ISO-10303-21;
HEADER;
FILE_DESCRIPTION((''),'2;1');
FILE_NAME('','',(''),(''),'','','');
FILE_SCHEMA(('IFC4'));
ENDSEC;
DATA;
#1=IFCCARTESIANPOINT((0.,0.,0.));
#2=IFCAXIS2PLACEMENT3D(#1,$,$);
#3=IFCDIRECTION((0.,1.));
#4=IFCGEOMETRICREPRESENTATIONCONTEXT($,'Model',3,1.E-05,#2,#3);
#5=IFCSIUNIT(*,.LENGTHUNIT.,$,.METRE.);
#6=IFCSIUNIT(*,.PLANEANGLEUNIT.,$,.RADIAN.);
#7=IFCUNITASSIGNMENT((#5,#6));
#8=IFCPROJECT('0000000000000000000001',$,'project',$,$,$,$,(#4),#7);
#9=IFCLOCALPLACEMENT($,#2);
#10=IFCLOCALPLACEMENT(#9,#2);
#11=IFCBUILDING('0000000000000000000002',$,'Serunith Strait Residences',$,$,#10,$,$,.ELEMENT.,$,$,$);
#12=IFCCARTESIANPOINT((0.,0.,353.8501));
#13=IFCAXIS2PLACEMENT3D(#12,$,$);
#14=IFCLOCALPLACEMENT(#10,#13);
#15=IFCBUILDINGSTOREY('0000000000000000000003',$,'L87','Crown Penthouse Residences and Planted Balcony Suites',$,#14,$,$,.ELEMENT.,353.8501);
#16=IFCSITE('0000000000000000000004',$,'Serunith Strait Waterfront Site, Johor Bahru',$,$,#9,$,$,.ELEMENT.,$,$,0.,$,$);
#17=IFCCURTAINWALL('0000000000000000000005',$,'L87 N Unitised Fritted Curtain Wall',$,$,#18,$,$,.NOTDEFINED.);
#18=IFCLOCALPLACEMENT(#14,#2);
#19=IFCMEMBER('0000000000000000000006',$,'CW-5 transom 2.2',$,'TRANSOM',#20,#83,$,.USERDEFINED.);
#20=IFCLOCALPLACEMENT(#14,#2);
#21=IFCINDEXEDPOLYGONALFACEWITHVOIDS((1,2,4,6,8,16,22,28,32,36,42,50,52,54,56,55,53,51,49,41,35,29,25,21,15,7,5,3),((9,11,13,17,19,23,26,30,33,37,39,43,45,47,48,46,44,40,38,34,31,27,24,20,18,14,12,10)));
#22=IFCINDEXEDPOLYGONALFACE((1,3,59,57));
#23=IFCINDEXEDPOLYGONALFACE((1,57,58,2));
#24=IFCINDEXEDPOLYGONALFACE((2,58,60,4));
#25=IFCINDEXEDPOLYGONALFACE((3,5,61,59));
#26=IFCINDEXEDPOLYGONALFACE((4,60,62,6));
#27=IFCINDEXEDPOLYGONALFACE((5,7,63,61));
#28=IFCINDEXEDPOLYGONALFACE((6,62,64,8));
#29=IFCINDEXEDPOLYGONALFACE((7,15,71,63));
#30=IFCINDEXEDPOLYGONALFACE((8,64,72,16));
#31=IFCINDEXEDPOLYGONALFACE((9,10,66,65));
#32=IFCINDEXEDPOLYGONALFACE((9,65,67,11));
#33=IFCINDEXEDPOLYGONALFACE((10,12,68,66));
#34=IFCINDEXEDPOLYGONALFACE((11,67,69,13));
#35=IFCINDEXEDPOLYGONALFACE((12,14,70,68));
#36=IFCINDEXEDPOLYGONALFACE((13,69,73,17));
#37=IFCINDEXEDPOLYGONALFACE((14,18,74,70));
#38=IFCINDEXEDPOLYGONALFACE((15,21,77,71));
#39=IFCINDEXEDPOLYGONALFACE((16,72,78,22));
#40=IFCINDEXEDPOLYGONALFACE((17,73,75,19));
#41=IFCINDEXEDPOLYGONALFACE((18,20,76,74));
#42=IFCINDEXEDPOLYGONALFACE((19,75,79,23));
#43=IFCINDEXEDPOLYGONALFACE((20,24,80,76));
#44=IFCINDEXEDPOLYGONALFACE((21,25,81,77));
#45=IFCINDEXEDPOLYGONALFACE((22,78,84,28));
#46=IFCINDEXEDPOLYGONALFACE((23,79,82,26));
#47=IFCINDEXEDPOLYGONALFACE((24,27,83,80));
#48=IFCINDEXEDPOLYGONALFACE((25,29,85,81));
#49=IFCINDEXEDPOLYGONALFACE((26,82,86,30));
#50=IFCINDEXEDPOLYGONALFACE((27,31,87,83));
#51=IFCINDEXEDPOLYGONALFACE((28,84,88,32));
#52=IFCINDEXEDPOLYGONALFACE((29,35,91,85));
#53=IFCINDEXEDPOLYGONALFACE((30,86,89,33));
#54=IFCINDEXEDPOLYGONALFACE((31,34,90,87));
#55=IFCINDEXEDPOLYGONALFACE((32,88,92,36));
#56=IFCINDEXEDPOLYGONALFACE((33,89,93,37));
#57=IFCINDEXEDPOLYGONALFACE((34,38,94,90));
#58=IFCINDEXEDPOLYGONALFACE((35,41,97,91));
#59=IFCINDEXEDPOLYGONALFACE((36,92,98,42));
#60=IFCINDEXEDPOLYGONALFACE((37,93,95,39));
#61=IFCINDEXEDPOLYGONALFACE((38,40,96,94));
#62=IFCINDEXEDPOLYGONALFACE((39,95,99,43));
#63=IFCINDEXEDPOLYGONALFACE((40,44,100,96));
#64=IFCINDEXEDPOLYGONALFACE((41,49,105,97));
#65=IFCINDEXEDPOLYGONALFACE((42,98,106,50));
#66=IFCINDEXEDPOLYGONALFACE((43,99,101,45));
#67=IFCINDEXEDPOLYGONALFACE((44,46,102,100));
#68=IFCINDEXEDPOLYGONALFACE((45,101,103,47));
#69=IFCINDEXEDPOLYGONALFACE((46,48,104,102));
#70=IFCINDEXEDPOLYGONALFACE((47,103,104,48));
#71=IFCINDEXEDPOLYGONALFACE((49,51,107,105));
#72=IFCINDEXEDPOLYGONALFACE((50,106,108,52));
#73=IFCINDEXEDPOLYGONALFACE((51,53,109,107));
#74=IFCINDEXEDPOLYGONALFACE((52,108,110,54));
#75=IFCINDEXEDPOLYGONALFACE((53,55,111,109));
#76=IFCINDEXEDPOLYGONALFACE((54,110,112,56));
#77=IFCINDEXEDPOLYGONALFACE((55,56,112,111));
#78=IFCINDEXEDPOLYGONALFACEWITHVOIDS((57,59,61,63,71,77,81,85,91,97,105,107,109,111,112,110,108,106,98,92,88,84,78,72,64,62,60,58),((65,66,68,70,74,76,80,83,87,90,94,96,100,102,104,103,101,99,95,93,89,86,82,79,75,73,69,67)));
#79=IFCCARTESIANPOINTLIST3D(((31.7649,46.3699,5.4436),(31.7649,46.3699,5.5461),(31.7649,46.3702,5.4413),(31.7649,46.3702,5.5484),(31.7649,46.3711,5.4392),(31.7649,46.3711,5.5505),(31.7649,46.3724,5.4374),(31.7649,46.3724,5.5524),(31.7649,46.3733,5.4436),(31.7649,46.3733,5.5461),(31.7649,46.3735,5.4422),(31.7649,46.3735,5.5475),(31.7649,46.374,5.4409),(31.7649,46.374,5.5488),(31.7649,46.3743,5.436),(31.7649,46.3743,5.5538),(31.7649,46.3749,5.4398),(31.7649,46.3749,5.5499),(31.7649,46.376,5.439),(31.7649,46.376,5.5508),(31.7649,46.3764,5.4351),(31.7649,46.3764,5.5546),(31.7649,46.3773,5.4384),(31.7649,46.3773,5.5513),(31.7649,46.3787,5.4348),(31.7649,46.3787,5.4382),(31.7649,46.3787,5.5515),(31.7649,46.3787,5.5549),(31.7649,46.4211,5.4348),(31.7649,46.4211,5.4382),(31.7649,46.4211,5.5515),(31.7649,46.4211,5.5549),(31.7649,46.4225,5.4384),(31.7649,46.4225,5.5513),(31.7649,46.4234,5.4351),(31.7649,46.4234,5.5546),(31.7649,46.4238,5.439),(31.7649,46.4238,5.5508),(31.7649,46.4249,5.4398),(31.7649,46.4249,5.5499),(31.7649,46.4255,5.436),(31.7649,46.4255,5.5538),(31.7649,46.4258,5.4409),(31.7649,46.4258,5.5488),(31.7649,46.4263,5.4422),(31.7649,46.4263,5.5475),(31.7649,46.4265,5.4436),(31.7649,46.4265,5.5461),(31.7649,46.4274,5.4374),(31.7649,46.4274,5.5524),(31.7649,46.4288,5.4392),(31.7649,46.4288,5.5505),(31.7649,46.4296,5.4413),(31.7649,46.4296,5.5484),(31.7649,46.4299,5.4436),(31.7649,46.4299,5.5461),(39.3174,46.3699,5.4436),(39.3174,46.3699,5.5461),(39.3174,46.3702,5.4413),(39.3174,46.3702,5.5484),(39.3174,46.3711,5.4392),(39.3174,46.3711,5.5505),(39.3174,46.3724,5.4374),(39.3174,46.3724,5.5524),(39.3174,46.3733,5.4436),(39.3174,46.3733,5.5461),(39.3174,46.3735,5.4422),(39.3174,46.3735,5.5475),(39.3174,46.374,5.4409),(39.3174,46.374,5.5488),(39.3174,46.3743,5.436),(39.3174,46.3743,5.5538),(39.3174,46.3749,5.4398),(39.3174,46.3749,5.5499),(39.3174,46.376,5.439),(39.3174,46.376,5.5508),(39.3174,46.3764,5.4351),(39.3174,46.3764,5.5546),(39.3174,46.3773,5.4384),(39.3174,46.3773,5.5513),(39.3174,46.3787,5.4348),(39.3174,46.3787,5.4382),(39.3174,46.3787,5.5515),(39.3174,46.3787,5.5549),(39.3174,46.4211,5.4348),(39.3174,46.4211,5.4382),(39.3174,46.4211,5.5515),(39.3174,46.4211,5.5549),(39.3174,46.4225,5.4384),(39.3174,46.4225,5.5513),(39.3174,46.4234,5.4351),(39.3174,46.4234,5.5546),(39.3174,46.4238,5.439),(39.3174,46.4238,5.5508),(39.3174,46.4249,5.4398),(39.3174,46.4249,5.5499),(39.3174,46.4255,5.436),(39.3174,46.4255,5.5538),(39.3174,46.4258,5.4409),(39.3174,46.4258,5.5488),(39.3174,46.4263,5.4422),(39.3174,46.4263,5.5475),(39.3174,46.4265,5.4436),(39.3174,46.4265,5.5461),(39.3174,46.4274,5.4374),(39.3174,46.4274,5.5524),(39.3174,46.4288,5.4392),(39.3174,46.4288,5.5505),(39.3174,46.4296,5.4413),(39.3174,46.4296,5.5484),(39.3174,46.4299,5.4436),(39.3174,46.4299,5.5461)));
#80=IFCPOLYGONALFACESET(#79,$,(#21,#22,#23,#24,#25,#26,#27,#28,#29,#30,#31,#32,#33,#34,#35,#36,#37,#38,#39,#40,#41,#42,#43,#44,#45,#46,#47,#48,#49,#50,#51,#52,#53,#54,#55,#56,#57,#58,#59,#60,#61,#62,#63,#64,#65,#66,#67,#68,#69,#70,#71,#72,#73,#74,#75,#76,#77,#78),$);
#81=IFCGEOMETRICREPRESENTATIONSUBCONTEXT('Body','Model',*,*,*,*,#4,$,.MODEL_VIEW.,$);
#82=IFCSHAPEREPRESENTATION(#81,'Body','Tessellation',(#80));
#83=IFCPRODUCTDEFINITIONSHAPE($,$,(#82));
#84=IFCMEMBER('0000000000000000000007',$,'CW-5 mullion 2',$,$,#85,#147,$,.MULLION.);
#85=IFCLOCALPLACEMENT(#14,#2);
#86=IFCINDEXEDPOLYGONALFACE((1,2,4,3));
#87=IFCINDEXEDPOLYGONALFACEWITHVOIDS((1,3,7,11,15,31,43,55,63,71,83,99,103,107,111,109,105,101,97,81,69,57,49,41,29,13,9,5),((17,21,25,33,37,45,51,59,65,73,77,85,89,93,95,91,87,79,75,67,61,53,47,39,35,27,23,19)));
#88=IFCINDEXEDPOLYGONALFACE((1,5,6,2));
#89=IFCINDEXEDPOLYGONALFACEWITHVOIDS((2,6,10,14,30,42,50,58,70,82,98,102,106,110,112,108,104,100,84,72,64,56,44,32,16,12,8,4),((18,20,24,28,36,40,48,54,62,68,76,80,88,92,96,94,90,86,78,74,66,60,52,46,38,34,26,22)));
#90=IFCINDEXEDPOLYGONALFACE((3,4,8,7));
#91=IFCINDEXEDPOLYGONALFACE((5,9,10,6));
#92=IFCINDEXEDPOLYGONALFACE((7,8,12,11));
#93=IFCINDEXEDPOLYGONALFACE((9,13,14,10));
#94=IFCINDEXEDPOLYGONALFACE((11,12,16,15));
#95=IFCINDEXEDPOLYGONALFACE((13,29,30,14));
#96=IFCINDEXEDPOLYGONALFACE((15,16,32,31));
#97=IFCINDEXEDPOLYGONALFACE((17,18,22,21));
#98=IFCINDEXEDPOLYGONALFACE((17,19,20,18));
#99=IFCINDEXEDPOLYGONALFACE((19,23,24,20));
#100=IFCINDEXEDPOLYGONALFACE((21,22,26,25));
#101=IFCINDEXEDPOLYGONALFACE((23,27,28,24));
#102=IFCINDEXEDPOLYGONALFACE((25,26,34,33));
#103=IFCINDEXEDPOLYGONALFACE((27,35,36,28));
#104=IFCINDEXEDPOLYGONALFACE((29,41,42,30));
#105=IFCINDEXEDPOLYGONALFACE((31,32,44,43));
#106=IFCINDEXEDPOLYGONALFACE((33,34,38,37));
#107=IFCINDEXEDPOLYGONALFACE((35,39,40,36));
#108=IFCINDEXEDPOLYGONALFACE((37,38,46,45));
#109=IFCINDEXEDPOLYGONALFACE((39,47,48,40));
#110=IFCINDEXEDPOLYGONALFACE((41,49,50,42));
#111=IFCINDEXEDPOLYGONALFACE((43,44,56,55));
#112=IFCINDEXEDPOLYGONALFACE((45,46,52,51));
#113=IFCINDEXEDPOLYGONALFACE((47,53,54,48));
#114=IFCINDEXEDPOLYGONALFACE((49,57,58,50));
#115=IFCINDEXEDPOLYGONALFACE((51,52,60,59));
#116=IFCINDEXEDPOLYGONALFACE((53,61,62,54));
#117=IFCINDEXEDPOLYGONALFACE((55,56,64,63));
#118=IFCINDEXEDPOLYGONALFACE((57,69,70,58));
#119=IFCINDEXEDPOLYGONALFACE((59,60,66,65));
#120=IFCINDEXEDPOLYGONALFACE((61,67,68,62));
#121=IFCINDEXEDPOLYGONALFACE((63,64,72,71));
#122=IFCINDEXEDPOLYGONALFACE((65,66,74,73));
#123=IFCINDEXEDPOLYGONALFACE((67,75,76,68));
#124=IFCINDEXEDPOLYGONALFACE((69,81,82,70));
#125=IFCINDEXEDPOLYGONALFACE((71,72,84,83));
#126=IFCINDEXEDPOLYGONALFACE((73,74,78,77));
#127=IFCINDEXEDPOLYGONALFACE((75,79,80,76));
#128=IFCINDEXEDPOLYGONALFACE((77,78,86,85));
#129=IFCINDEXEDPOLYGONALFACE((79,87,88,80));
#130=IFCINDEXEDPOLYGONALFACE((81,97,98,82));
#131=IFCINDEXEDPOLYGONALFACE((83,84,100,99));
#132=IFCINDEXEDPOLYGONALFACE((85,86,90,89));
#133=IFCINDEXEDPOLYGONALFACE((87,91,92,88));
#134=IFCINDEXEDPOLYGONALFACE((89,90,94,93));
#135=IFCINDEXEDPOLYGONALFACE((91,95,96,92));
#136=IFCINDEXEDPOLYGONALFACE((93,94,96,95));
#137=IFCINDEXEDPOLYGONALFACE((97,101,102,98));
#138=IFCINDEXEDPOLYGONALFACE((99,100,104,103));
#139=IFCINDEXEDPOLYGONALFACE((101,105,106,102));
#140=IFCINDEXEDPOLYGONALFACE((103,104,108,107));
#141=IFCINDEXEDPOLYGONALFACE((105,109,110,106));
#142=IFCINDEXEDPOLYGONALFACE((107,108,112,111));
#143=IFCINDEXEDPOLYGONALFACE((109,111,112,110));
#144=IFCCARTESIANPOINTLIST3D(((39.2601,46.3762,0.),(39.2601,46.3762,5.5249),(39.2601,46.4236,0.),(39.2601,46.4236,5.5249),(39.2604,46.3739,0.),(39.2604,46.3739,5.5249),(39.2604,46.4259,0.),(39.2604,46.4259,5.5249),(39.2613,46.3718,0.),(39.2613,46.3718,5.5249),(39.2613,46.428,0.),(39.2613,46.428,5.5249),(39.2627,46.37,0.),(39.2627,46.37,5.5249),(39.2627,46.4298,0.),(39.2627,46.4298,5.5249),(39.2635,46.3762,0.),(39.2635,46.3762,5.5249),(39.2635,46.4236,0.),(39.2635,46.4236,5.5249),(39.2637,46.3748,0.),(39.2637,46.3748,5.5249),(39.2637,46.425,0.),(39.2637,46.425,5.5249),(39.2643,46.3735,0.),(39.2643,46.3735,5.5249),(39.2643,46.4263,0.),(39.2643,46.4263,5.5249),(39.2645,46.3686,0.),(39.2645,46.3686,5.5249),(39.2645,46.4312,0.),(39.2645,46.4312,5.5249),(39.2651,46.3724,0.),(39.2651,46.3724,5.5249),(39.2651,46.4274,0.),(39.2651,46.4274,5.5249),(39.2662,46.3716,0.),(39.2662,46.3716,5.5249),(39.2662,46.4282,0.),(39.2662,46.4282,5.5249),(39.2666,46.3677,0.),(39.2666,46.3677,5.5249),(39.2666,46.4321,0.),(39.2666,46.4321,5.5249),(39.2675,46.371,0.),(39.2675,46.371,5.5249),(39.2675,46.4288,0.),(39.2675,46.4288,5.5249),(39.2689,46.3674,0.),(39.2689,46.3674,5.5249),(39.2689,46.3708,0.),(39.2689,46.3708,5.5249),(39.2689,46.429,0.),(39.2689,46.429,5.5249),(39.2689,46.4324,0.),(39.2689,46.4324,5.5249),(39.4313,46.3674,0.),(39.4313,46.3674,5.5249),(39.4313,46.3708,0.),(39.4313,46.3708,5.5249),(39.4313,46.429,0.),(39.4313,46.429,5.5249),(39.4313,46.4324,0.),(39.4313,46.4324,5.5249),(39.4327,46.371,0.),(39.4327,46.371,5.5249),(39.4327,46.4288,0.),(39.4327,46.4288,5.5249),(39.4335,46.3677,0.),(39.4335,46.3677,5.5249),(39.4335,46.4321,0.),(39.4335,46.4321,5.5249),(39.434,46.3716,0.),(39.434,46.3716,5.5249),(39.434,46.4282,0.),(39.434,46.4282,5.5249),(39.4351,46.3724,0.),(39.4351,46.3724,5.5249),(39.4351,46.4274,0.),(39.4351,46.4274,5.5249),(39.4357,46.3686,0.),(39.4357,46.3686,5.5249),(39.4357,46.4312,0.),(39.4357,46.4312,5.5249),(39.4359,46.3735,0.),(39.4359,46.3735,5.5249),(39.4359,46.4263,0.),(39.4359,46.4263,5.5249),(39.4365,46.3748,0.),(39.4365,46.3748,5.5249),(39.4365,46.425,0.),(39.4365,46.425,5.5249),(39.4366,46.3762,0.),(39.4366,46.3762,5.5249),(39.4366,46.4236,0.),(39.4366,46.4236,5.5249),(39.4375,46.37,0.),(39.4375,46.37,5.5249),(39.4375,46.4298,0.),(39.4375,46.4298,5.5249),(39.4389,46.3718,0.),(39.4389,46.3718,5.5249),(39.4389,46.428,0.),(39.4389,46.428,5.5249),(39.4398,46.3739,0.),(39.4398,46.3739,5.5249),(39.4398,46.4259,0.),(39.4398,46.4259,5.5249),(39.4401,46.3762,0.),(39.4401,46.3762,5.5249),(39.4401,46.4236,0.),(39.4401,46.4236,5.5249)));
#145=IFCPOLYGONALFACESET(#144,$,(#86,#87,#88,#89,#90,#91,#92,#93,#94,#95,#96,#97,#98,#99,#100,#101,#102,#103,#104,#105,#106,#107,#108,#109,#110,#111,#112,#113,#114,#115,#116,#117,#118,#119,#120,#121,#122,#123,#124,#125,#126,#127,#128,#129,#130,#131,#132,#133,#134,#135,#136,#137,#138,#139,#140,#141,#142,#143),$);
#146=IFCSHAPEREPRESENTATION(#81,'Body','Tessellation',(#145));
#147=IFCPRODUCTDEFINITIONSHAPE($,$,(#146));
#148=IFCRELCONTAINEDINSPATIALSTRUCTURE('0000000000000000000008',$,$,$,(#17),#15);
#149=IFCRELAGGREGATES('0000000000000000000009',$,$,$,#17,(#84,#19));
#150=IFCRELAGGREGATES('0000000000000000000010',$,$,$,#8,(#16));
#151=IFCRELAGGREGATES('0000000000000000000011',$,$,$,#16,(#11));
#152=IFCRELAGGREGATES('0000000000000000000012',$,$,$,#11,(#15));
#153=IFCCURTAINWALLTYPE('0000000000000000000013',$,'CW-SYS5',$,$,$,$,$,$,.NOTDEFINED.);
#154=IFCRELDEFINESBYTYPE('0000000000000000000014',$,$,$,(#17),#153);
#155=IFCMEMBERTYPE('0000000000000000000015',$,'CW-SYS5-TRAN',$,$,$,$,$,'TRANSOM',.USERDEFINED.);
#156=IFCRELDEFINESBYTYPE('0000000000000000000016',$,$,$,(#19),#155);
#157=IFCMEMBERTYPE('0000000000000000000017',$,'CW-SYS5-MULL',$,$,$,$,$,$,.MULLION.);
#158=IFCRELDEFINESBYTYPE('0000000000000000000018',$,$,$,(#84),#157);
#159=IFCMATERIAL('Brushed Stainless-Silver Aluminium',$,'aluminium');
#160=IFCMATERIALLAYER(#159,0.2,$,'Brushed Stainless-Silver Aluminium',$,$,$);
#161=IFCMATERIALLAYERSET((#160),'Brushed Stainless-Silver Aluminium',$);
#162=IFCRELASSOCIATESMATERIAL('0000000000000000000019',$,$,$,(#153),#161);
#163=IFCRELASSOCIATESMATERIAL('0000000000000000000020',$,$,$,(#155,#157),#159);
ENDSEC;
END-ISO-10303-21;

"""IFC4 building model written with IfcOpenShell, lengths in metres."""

from ifc_helpers import new_model, si_unit, direction, frame, origin, origin_2d, place, context, subcontext, project, spatial, hollow_rectangle, extrude, source, transform, mapped, material, layer, layer_set, material_profile, profile_set, type_object, element, aggregate, save


model = new_model("IFC4")

# Units and contexts
model_context = context("Model", 3, precision=1e-05, world=origin(), true_north=direction((0.0, 1.0)))
body_context = subcontext(model_context, "Body", "Model", "MODEL_VIEW")
ifc_project = project(units=[si_unit("LENGTHUNIT", "METRE"), si_unit("PLANEANGLEUNIT", "RADIAN")], contexts=[model_context])

# Site, building, storey
site_placement = place(None, origin())
site = spatial("IfcSite", under=ifc_project, at=site_placement, Name="Serunith Strait Waterfront Site, Johor Bahru", CompositionType="ELEMENT", RefElevation=0.0)
building_placement = place(site_placement, origin())
building = spatial("IfcBuilding", under=site, at=building_placement, Name="Serunith Strait Residences", CompositionType="ELEMENT")
storey_placement = place(building_placement, frame((0.0, 0.0, 353.8501)))
storey = spatial("IfcBuildingStorey", under=building, at=storey_placement, Name="L87", Description="Crown Penthouse Residences and Planted Balcony Suites", CompositionType="ELEMENT", Elevation=353.8501)

# Curtain wall, members
ifc_material_1 = material(Name="Brushed Stainless-Silver Aluminium", Category="aluminium")
ifc_layer_1 = layer(ifc_material_1, 0.2, Name="Brushed Stainless-Silver Aluminium")
ifc_layer_set_1 = layer_set([ifc_layer_1], Name="Brushed Stainless-Silver Aluminium")
curtain_wall_type = type_object("IfcCurtainWallType", Name="CW-SYS5", PredefinedType="NOTDEFINED", material=ifc_layer_set_1)
curtain_wall_placement = place(storey_placement, origin())
curtain_wall = element("IfcCurtainWall", 1, at=curtain_wall_placement, inside=storey, type_object=curtain_wall_type, Name="L87 N Unitised Fritted Curtain Wall", PredefinedType="NOTDEFINED")
ifc_material_profile_1 = material_profile(ifc_material_1, hollow_rectangle(XDim=0.0601, YDim=0.1201, WallThickness=0.0034, InnerFilletRadius=0.0054, OuterFilletRadius=0.0088, at=origin_2d()), Name="ALU 120x60x3.5")
ifc_profile_set_1 = profile_set([ifc_material_profile_1], Name="Brushed Stainless-Silver Aluminium")
member_type_1 = type_object("IfcMemberType", Name="CW-SYS5-TRAN", ElementType="TRANSOM", PredefinedType="USERDEFINED", material=ifc_profile_set_1)
shared_shape_1 = source(origin(), body_context, "Body", "SweptSolid", [
    extrude(hollow_rectangle(XDim=0.0601, YDim=0.1201, WallThickness=0.0034, InnerFilletRadius=0.0054, OuterFilletRadius=0.0088, at=origin_2d()), origin(), (0.0, 0.0, 1.0), 7.5525),
])
member_1_placement = place(storey_placement, frame((39.3174, 46.3999, 5.4949), z_axis=(-1.0, 0.0, 0.0), x_axis=(0.0, -1.0, 0.0)))
member_1 = element("IfcMember", 2, at=member_1_placement, type_object=member_type_1, Name="CW-5 transom 2.2", ObjectType="TRANSOM", PredefinedType="USERDEFINED", context=body_context, shape_type="MappedRepresentation", body=[
    mapped(shared_shape_1, transform((0.0, 0.0, 0.0), scale=1.0)),
])
ifc_material_profile_2 = material_profile(ifc_material_1, hollow_rectangle(XDim=0.0649, YDim=0.1799, WallThickness=0.0034, InnerFilletRadius=0.0054, OuterFilletRadius=0.0088, at=origin_2d()), Name="ALU 180x65x3.5")
ifc_profile_set_2 = profile_set([ifc_material_profile_2], Name="Brushed Stainless-Silver Aluminium")
member_type_2 = type_object("IfcMemberType", Name="CW-SYS5-MULL", PredefinedType="MULLION", material=ifc_profile_set_2)
shared_shape_2 = source(origin(), body_context, "Body", "SweptSolid", [
    extrude(hollow_rectangle(XDim=0.0649, YDim=0.1799, WallThickness=0.0034, InnerFilletRadius=0.0054, OuterFilletRadius=0.0088, at=origin_2d()), origin(), (0.0, 0.0, 1.0), 5.5249),
])
member_2_placement = place(storey_placement, frame((39.3501, 46.3999, 0.0), z_axis=(0.0, 0.0, 1.0), x_axis=(0.0, -1.0, 0.0)))
member_2 = element("IfcMember", 3, at=member_2_placement, type_object=member_type_2, Name="CW-5 mullion 2", PredefinedType="MULLION", context=body_context, shape_type="MappedRepresentation", body=[
    mapped(shared_shape_2, transform((0.0, 0.0, 0.0), scale=1.0)),
])
aggregate(curtain_wall, [member_2, member_1])

save(model, "model.ifc")
